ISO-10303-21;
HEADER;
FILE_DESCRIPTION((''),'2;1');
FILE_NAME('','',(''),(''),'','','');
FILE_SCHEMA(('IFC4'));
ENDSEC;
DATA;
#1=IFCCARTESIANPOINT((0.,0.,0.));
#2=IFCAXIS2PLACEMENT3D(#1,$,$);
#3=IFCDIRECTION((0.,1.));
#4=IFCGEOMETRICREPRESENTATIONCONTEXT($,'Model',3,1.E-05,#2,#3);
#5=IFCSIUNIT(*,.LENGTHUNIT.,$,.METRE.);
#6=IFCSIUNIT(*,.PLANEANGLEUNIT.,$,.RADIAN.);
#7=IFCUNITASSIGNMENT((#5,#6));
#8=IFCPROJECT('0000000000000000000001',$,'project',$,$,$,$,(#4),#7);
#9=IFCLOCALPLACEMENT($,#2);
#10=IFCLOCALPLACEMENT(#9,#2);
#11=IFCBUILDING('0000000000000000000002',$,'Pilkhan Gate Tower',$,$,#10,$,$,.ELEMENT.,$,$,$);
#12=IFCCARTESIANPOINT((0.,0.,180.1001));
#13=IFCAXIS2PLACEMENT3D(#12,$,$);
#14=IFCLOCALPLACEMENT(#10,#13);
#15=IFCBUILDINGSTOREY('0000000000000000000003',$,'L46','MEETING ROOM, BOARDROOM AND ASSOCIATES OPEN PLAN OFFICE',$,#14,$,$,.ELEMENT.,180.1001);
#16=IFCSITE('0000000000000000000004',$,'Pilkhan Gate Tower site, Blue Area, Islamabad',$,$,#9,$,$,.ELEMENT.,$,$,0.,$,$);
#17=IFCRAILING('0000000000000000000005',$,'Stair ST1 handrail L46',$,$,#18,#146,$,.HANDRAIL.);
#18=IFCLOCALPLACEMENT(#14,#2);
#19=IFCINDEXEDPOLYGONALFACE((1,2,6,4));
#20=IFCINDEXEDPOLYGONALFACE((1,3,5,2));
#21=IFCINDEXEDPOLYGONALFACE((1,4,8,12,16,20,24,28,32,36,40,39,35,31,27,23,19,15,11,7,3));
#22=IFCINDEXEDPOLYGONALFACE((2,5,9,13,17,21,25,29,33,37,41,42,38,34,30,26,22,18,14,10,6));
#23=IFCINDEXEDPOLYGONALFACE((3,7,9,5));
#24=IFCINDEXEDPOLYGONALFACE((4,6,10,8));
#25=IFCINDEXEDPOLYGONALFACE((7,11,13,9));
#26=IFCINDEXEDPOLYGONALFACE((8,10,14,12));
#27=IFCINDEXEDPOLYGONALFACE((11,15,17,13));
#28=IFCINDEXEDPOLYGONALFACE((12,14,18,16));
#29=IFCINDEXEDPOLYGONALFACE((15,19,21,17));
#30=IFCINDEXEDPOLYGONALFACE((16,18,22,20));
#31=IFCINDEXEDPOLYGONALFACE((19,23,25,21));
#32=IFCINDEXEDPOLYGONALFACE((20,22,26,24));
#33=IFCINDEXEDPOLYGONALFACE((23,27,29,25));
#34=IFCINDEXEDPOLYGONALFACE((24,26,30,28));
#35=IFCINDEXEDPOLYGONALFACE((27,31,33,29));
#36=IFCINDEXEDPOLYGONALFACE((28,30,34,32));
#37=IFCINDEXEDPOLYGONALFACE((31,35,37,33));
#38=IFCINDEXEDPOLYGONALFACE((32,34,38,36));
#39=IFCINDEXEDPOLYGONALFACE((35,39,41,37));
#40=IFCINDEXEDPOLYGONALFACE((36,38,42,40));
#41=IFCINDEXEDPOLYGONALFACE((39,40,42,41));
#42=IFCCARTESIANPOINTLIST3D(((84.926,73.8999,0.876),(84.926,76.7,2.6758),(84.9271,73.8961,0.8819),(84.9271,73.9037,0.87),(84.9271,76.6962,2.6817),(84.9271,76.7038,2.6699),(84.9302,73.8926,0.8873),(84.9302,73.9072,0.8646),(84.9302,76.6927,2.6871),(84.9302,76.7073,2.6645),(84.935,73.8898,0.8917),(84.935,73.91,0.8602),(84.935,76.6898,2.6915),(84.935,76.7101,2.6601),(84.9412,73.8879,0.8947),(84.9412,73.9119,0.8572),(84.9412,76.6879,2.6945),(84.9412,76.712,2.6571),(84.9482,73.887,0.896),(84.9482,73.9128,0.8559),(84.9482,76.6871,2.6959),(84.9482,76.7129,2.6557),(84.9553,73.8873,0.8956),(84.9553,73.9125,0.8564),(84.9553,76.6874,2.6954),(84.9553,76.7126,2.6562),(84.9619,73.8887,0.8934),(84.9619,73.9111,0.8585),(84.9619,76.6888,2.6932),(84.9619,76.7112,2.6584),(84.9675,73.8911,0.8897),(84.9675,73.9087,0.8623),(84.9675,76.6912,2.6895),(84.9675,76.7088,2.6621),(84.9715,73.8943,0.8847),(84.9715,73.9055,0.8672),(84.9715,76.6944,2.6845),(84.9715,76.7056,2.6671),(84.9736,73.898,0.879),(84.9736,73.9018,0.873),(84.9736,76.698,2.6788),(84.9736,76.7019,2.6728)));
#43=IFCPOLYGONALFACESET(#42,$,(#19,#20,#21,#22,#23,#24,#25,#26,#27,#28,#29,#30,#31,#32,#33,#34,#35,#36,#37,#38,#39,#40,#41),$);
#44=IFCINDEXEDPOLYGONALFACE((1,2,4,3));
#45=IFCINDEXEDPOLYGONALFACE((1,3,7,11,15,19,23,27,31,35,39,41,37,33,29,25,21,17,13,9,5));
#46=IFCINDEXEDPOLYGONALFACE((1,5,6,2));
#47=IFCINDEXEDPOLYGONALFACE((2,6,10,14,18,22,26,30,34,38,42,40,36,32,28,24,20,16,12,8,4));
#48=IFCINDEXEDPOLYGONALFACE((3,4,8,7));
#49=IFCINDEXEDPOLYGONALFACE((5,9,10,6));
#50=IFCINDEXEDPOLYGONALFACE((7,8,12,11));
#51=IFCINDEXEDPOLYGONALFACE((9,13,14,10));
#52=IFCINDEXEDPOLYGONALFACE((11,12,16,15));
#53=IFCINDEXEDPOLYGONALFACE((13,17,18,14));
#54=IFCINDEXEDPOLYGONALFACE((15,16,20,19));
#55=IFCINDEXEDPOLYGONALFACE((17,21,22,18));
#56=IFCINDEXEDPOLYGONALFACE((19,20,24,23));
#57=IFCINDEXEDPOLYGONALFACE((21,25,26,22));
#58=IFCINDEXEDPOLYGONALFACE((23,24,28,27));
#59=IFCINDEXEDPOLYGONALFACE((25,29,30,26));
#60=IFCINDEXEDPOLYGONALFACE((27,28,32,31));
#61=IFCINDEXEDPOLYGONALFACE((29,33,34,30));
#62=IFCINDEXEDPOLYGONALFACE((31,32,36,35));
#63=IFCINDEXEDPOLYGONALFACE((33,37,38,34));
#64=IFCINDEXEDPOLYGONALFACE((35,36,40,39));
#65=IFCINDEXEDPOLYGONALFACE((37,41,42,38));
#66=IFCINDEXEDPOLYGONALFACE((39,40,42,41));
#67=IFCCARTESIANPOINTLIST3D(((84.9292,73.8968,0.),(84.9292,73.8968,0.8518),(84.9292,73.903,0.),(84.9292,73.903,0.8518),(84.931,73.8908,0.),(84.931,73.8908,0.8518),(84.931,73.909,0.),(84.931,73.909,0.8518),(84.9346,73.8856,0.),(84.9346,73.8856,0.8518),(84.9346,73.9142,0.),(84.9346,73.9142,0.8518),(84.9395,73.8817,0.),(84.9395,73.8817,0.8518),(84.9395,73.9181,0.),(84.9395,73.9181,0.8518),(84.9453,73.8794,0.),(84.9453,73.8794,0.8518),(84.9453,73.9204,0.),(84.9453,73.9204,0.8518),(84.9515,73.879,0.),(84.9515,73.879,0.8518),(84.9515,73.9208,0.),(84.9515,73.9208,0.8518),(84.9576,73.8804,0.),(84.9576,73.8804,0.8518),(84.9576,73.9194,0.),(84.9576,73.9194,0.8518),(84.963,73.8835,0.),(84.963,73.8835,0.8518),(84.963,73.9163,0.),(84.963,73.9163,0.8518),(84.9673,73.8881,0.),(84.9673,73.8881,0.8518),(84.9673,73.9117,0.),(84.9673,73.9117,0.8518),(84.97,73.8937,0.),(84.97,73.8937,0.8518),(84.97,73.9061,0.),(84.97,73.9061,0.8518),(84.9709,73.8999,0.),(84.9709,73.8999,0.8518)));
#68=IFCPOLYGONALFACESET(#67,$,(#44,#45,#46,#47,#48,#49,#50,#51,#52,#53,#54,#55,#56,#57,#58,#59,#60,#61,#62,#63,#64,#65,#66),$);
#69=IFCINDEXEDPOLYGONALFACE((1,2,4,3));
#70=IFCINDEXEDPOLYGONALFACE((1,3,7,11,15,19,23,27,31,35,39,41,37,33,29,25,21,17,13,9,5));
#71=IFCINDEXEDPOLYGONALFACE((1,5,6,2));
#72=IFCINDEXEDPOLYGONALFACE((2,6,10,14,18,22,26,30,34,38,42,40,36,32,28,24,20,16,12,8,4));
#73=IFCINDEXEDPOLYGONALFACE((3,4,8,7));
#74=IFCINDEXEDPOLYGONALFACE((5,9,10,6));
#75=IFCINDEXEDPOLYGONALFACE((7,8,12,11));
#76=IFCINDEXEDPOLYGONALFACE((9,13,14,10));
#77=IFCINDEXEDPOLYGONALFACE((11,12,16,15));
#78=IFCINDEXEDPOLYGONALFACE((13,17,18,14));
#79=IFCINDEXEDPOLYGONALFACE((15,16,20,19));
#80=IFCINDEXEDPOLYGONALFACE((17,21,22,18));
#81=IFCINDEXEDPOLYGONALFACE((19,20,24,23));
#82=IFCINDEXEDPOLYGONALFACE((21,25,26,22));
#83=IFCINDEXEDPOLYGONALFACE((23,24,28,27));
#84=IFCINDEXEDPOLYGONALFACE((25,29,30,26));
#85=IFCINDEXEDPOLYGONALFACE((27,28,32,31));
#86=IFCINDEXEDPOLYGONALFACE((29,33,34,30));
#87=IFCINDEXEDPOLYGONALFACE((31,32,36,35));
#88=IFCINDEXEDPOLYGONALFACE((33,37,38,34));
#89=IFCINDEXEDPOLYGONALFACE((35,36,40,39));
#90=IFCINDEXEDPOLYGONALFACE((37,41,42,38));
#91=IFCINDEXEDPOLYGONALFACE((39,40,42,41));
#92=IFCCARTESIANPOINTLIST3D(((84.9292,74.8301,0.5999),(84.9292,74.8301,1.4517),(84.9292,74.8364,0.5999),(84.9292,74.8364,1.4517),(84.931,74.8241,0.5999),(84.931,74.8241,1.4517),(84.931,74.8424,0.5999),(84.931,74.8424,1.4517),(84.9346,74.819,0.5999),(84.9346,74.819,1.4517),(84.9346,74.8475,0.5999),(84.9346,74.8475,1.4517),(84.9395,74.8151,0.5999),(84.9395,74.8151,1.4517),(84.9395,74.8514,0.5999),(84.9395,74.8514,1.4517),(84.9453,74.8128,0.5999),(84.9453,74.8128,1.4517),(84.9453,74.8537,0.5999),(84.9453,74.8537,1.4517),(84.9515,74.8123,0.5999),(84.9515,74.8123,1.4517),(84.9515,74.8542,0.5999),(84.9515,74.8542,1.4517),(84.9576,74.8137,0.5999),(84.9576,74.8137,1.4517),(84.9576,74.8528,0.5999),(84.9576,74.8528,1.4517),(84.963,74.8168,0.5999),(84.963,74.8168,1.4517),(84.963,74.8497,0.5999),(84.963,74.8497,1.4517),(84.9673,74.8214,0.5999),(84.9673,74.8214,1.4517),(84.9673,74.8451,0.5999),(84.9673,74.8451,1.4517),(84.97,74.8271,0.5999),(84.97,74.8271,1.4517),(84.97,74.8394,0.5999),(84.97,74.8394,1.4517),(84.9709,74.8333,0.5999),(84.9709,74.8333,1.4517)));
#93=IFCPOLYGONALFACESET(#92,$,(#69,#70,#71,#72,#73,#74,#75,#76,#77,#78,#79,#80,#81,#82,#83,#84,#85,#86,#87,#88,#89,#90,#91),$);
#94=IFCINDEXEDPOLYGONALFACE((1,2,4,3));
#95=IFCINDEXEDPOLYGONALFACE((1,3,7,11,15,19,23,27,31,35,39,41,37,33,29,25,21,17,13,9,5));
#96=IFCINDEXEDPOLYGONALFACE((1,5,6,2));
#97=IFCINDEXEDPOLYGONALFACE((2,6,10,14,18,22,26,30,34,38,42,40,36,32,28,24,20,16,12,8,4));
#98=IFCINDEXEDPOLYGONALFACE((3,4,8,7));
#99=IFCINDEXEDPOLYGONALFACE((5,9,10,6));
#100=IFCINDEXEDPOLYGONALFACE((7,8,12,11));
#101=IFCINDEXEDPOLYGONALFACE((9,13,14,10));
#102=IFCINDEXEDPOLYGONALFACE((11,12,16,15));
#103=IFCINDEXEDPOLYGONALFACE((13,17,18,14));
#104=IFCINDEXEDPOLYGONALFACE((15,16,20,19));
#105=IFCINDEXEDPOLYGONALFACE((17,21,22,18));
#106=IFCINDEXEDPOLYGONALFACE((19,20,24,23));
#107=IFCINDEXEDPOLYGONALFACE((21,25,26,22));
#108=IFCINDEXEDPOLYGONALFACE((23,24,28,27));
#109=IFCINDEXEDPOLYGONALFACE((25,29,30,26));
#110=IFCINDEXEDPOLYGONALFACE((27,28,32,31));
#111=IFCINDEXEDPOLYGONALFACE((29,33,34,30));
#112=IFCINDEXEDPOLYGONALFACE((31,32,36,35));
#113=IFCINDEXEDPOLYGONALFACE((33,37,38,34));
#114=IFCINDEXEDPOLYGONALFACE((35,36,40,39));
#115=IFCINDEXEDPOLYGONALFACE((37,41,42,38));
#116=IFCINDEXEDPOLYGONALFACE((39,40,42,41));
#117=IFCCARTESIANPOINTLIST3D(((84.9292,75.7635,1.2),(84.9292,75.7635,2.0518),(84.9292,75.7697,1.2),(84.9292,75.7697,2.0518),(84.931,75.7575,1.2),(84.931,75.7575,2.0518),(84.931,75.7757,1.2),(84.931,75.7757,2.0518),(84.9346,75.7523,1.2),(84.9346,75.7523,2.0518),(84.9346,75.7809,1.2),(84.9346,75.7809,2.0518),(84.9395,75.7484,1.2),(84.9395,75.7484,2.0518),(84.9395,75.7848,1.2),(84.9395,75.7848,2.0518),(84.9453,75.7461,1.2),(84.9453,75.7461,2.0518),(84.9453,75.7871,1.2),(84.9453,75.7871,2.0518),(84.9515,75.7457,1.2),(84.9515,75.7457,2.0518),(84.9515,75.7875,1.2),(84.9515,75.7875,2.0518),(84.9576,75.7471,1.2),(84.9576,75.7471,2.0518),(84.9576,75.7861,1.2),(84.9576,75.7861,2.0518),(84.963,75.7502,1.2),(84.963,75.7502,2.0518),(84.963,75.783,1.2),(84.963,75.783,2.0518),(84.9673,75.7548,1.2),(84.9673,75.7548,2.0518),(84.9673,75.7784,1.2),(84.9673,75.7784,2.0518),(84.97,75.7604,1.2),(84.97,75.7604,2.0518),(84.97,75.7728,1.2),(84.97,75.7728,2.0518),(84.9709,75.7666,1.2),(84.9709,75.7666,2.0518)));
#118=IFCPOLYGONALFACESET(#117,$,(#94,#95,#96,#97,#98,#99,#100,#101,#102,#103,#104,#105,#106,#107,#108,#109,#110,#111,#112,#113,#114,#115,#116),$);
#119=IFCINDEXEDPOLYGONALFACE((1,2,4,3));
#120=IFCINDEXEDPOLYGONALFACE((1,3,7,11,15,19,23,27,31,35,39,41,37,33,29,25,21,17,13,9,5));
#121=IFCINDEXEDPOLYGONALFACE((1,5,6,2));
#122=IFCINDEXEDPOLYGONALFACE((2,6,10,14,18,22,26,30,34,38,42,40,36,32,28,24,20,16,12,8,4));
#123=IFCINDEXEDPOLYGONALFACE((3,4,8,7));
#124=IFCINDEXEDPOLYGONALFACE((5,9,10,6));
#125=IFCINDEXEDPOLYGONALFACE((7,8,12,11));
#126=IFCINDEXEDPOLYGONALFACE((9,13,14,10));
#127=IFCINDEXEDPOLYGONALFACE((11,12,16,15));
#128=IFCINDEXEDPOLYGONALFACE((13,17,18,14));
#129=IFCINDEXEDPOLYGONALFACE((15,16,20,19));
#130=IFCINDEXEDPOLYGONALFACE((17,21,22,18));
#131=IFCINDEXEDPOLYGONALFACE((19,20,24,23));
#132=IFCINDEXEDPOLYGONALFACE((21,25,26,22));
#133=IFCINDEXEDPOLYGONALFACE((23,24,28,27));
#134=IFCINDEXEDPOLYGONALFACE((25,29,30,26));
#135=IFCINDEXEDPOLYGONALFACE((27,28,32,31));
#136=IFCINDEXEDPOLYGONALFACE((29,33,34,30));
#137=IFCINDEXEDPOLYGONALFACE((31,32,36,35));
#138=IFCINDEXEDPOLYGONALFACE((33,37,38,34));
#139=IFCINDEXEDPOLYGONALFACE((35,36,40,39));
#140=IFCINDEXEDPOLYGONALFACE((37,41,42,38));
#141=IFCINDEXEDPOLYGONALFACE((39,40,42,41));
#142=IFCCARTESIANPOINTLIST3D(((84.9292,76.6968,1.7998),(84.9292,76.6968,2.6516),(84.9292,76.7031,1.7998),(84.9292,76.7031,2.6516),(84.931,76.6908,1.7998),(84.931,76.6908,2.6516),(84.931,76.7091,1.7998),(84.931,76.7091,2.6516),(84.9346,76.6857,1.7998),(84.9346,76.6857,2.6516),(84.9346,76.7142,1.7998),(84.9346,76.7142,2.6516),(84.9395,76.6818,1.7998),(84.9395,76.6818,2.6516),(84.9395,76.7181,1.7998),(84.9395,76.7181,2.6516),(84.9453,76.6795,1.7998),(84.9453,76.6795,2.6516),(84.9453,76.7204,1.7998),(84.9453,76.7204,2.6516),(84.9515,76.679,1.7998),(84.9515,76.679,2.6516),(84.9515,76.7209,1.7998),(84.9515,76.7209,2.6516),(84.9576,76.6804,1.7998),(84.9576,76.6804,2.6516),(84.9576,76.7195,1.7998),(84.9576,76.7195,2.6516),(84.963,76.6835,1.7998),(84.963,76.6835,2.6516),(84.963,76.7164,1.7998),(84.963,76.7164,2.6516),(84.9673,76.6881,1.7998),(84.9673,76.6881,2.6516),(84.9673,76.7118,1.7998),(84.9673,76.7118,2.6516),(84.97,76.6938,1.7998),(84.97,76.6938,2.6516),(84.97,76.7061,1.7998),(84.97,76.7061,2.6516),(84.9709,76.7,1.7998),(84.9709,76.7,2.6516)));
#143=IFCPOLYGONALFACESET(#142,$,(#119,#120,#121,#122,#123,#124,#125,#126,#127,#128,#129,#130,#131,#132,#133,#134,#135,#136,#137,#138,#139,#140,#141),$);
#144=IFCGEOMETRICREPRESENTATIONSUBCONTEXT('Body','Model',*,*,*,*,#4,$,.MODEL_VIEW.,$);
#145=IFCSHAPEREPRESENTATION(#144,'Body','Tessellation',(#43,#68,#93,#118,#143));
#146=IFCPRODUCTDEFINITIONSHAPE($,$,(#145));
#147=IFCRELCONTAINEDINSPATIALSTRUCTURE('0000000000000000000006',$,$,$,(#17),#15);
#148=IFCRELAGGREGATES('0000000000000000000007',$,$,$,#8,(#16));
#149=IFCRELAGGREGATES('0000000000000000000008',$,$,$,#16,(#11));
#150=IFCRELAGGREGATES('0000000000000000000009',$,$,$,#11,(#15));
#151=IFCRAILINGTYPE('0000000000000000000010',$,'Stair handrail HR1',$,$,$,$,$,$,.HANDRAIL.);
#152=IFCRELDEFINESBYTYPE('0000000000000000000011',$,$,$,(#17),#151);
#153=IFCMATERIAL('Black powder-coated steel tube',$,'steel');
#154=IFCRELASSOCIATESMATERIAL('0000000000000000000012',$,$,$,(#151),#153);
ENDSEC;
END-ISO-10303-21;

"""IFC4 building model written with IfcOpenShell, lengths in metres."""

from ifc_helpers import new_model, si_unit, direction, frame, origin, origin_2d, place, context, subcontext, project, spatial, circle, extrude, material, type_object, element, save


model = new_model("IFC4")

# Units and contexts
model_context = context("Model", 3, precision=1e-05, world=origin(), true_north=direction((0.0, 1.0)))
body_context = subcontext(model_context, "Body", "Model", "MODEL_VIEW")
ifc_project = project(units=[si_unit("LENGTHUNIT", "METRE"), si_unit("PLANEANGLEUNIT", "RADIAN")], contexts=[model_context])

# Site, building, storey
site_placement = place(None, origin())
site = spatial("IfcSite", under=ifc_project, at=site_placement, Name="Pilkhan Gate Tower site, Blue Area, Islamabad", CompositionType="ELEMENT", RefElevation=0.0)
building_placement = place(site_placement, origin())
building = spatial("IfcBuilding", under=site, at=building_placement, Name="Pilkhan Gate Tower", CompositionType="ELEMENT")
storey_placement = place(building_placement, frame((0.0, 0.0, 180.1001)))
storey = spatial("IfcBuildingStorey", under=building, at=storey_placement, Name="L46", Description="MEETING ROOM, BOARDROOM AND ASSOCIATES OPEN PLAN OFFICE", CompositionType="ELEMENT", Elevation=180.1001)

# Railing
ifc_material_1 = material(Name="Black powder-coated steel tube", Category="steel")
railing_type_1 = type_object("IfcRailingType", Name="Stair handrail HR1", PredefinedType="HANDRAIL", material=ifc_material_1)
railing_1_placement = place(storey_placement, frame((84.95, 73.8999, 0.0)))
element("IfcRailing", 1, at=railing_1_placement, inside=storey, type_object=railing_type_1, Name="Stair ST1 handrail L46", PredefinedType="HANDRAIL", context=body_context, shape_type="SweptSolid", body=[
    extrude(circle(Radius=0.0239, at=origin_2d()), frame((0.0, 0.0, 0.876), z_axis=(0.0, 0.841209, 0.540709), x_axis=(-1.0, 0.0, 0.0)), (0.0, 0.0, 1.0), 3.3286),
    extrude(circle(Radius=0.021, at=origin_2d()), origin(), (0.0, 0.0, 1.0), 0.8518),
    extrude(circle(Radius=0.021, at=origin_2d()), frame((0.0, 0.9333, 0.5999)), (0.0, 0.0, 1.0), 0.8518),
    extrude(circle(Radius=0.021, at=origin_2d()), frame((0.0, 1.8667, 1.2)), (0.0, 0.0, 1.0), 0.8518),
    extrude(circle(Radius=0.021, at=origin_2d()), frame((0.0, 2.8, 1.7998)), (0.0, 0.0, 1.0), 0.8518),
])

save(model, "model.ifc")
